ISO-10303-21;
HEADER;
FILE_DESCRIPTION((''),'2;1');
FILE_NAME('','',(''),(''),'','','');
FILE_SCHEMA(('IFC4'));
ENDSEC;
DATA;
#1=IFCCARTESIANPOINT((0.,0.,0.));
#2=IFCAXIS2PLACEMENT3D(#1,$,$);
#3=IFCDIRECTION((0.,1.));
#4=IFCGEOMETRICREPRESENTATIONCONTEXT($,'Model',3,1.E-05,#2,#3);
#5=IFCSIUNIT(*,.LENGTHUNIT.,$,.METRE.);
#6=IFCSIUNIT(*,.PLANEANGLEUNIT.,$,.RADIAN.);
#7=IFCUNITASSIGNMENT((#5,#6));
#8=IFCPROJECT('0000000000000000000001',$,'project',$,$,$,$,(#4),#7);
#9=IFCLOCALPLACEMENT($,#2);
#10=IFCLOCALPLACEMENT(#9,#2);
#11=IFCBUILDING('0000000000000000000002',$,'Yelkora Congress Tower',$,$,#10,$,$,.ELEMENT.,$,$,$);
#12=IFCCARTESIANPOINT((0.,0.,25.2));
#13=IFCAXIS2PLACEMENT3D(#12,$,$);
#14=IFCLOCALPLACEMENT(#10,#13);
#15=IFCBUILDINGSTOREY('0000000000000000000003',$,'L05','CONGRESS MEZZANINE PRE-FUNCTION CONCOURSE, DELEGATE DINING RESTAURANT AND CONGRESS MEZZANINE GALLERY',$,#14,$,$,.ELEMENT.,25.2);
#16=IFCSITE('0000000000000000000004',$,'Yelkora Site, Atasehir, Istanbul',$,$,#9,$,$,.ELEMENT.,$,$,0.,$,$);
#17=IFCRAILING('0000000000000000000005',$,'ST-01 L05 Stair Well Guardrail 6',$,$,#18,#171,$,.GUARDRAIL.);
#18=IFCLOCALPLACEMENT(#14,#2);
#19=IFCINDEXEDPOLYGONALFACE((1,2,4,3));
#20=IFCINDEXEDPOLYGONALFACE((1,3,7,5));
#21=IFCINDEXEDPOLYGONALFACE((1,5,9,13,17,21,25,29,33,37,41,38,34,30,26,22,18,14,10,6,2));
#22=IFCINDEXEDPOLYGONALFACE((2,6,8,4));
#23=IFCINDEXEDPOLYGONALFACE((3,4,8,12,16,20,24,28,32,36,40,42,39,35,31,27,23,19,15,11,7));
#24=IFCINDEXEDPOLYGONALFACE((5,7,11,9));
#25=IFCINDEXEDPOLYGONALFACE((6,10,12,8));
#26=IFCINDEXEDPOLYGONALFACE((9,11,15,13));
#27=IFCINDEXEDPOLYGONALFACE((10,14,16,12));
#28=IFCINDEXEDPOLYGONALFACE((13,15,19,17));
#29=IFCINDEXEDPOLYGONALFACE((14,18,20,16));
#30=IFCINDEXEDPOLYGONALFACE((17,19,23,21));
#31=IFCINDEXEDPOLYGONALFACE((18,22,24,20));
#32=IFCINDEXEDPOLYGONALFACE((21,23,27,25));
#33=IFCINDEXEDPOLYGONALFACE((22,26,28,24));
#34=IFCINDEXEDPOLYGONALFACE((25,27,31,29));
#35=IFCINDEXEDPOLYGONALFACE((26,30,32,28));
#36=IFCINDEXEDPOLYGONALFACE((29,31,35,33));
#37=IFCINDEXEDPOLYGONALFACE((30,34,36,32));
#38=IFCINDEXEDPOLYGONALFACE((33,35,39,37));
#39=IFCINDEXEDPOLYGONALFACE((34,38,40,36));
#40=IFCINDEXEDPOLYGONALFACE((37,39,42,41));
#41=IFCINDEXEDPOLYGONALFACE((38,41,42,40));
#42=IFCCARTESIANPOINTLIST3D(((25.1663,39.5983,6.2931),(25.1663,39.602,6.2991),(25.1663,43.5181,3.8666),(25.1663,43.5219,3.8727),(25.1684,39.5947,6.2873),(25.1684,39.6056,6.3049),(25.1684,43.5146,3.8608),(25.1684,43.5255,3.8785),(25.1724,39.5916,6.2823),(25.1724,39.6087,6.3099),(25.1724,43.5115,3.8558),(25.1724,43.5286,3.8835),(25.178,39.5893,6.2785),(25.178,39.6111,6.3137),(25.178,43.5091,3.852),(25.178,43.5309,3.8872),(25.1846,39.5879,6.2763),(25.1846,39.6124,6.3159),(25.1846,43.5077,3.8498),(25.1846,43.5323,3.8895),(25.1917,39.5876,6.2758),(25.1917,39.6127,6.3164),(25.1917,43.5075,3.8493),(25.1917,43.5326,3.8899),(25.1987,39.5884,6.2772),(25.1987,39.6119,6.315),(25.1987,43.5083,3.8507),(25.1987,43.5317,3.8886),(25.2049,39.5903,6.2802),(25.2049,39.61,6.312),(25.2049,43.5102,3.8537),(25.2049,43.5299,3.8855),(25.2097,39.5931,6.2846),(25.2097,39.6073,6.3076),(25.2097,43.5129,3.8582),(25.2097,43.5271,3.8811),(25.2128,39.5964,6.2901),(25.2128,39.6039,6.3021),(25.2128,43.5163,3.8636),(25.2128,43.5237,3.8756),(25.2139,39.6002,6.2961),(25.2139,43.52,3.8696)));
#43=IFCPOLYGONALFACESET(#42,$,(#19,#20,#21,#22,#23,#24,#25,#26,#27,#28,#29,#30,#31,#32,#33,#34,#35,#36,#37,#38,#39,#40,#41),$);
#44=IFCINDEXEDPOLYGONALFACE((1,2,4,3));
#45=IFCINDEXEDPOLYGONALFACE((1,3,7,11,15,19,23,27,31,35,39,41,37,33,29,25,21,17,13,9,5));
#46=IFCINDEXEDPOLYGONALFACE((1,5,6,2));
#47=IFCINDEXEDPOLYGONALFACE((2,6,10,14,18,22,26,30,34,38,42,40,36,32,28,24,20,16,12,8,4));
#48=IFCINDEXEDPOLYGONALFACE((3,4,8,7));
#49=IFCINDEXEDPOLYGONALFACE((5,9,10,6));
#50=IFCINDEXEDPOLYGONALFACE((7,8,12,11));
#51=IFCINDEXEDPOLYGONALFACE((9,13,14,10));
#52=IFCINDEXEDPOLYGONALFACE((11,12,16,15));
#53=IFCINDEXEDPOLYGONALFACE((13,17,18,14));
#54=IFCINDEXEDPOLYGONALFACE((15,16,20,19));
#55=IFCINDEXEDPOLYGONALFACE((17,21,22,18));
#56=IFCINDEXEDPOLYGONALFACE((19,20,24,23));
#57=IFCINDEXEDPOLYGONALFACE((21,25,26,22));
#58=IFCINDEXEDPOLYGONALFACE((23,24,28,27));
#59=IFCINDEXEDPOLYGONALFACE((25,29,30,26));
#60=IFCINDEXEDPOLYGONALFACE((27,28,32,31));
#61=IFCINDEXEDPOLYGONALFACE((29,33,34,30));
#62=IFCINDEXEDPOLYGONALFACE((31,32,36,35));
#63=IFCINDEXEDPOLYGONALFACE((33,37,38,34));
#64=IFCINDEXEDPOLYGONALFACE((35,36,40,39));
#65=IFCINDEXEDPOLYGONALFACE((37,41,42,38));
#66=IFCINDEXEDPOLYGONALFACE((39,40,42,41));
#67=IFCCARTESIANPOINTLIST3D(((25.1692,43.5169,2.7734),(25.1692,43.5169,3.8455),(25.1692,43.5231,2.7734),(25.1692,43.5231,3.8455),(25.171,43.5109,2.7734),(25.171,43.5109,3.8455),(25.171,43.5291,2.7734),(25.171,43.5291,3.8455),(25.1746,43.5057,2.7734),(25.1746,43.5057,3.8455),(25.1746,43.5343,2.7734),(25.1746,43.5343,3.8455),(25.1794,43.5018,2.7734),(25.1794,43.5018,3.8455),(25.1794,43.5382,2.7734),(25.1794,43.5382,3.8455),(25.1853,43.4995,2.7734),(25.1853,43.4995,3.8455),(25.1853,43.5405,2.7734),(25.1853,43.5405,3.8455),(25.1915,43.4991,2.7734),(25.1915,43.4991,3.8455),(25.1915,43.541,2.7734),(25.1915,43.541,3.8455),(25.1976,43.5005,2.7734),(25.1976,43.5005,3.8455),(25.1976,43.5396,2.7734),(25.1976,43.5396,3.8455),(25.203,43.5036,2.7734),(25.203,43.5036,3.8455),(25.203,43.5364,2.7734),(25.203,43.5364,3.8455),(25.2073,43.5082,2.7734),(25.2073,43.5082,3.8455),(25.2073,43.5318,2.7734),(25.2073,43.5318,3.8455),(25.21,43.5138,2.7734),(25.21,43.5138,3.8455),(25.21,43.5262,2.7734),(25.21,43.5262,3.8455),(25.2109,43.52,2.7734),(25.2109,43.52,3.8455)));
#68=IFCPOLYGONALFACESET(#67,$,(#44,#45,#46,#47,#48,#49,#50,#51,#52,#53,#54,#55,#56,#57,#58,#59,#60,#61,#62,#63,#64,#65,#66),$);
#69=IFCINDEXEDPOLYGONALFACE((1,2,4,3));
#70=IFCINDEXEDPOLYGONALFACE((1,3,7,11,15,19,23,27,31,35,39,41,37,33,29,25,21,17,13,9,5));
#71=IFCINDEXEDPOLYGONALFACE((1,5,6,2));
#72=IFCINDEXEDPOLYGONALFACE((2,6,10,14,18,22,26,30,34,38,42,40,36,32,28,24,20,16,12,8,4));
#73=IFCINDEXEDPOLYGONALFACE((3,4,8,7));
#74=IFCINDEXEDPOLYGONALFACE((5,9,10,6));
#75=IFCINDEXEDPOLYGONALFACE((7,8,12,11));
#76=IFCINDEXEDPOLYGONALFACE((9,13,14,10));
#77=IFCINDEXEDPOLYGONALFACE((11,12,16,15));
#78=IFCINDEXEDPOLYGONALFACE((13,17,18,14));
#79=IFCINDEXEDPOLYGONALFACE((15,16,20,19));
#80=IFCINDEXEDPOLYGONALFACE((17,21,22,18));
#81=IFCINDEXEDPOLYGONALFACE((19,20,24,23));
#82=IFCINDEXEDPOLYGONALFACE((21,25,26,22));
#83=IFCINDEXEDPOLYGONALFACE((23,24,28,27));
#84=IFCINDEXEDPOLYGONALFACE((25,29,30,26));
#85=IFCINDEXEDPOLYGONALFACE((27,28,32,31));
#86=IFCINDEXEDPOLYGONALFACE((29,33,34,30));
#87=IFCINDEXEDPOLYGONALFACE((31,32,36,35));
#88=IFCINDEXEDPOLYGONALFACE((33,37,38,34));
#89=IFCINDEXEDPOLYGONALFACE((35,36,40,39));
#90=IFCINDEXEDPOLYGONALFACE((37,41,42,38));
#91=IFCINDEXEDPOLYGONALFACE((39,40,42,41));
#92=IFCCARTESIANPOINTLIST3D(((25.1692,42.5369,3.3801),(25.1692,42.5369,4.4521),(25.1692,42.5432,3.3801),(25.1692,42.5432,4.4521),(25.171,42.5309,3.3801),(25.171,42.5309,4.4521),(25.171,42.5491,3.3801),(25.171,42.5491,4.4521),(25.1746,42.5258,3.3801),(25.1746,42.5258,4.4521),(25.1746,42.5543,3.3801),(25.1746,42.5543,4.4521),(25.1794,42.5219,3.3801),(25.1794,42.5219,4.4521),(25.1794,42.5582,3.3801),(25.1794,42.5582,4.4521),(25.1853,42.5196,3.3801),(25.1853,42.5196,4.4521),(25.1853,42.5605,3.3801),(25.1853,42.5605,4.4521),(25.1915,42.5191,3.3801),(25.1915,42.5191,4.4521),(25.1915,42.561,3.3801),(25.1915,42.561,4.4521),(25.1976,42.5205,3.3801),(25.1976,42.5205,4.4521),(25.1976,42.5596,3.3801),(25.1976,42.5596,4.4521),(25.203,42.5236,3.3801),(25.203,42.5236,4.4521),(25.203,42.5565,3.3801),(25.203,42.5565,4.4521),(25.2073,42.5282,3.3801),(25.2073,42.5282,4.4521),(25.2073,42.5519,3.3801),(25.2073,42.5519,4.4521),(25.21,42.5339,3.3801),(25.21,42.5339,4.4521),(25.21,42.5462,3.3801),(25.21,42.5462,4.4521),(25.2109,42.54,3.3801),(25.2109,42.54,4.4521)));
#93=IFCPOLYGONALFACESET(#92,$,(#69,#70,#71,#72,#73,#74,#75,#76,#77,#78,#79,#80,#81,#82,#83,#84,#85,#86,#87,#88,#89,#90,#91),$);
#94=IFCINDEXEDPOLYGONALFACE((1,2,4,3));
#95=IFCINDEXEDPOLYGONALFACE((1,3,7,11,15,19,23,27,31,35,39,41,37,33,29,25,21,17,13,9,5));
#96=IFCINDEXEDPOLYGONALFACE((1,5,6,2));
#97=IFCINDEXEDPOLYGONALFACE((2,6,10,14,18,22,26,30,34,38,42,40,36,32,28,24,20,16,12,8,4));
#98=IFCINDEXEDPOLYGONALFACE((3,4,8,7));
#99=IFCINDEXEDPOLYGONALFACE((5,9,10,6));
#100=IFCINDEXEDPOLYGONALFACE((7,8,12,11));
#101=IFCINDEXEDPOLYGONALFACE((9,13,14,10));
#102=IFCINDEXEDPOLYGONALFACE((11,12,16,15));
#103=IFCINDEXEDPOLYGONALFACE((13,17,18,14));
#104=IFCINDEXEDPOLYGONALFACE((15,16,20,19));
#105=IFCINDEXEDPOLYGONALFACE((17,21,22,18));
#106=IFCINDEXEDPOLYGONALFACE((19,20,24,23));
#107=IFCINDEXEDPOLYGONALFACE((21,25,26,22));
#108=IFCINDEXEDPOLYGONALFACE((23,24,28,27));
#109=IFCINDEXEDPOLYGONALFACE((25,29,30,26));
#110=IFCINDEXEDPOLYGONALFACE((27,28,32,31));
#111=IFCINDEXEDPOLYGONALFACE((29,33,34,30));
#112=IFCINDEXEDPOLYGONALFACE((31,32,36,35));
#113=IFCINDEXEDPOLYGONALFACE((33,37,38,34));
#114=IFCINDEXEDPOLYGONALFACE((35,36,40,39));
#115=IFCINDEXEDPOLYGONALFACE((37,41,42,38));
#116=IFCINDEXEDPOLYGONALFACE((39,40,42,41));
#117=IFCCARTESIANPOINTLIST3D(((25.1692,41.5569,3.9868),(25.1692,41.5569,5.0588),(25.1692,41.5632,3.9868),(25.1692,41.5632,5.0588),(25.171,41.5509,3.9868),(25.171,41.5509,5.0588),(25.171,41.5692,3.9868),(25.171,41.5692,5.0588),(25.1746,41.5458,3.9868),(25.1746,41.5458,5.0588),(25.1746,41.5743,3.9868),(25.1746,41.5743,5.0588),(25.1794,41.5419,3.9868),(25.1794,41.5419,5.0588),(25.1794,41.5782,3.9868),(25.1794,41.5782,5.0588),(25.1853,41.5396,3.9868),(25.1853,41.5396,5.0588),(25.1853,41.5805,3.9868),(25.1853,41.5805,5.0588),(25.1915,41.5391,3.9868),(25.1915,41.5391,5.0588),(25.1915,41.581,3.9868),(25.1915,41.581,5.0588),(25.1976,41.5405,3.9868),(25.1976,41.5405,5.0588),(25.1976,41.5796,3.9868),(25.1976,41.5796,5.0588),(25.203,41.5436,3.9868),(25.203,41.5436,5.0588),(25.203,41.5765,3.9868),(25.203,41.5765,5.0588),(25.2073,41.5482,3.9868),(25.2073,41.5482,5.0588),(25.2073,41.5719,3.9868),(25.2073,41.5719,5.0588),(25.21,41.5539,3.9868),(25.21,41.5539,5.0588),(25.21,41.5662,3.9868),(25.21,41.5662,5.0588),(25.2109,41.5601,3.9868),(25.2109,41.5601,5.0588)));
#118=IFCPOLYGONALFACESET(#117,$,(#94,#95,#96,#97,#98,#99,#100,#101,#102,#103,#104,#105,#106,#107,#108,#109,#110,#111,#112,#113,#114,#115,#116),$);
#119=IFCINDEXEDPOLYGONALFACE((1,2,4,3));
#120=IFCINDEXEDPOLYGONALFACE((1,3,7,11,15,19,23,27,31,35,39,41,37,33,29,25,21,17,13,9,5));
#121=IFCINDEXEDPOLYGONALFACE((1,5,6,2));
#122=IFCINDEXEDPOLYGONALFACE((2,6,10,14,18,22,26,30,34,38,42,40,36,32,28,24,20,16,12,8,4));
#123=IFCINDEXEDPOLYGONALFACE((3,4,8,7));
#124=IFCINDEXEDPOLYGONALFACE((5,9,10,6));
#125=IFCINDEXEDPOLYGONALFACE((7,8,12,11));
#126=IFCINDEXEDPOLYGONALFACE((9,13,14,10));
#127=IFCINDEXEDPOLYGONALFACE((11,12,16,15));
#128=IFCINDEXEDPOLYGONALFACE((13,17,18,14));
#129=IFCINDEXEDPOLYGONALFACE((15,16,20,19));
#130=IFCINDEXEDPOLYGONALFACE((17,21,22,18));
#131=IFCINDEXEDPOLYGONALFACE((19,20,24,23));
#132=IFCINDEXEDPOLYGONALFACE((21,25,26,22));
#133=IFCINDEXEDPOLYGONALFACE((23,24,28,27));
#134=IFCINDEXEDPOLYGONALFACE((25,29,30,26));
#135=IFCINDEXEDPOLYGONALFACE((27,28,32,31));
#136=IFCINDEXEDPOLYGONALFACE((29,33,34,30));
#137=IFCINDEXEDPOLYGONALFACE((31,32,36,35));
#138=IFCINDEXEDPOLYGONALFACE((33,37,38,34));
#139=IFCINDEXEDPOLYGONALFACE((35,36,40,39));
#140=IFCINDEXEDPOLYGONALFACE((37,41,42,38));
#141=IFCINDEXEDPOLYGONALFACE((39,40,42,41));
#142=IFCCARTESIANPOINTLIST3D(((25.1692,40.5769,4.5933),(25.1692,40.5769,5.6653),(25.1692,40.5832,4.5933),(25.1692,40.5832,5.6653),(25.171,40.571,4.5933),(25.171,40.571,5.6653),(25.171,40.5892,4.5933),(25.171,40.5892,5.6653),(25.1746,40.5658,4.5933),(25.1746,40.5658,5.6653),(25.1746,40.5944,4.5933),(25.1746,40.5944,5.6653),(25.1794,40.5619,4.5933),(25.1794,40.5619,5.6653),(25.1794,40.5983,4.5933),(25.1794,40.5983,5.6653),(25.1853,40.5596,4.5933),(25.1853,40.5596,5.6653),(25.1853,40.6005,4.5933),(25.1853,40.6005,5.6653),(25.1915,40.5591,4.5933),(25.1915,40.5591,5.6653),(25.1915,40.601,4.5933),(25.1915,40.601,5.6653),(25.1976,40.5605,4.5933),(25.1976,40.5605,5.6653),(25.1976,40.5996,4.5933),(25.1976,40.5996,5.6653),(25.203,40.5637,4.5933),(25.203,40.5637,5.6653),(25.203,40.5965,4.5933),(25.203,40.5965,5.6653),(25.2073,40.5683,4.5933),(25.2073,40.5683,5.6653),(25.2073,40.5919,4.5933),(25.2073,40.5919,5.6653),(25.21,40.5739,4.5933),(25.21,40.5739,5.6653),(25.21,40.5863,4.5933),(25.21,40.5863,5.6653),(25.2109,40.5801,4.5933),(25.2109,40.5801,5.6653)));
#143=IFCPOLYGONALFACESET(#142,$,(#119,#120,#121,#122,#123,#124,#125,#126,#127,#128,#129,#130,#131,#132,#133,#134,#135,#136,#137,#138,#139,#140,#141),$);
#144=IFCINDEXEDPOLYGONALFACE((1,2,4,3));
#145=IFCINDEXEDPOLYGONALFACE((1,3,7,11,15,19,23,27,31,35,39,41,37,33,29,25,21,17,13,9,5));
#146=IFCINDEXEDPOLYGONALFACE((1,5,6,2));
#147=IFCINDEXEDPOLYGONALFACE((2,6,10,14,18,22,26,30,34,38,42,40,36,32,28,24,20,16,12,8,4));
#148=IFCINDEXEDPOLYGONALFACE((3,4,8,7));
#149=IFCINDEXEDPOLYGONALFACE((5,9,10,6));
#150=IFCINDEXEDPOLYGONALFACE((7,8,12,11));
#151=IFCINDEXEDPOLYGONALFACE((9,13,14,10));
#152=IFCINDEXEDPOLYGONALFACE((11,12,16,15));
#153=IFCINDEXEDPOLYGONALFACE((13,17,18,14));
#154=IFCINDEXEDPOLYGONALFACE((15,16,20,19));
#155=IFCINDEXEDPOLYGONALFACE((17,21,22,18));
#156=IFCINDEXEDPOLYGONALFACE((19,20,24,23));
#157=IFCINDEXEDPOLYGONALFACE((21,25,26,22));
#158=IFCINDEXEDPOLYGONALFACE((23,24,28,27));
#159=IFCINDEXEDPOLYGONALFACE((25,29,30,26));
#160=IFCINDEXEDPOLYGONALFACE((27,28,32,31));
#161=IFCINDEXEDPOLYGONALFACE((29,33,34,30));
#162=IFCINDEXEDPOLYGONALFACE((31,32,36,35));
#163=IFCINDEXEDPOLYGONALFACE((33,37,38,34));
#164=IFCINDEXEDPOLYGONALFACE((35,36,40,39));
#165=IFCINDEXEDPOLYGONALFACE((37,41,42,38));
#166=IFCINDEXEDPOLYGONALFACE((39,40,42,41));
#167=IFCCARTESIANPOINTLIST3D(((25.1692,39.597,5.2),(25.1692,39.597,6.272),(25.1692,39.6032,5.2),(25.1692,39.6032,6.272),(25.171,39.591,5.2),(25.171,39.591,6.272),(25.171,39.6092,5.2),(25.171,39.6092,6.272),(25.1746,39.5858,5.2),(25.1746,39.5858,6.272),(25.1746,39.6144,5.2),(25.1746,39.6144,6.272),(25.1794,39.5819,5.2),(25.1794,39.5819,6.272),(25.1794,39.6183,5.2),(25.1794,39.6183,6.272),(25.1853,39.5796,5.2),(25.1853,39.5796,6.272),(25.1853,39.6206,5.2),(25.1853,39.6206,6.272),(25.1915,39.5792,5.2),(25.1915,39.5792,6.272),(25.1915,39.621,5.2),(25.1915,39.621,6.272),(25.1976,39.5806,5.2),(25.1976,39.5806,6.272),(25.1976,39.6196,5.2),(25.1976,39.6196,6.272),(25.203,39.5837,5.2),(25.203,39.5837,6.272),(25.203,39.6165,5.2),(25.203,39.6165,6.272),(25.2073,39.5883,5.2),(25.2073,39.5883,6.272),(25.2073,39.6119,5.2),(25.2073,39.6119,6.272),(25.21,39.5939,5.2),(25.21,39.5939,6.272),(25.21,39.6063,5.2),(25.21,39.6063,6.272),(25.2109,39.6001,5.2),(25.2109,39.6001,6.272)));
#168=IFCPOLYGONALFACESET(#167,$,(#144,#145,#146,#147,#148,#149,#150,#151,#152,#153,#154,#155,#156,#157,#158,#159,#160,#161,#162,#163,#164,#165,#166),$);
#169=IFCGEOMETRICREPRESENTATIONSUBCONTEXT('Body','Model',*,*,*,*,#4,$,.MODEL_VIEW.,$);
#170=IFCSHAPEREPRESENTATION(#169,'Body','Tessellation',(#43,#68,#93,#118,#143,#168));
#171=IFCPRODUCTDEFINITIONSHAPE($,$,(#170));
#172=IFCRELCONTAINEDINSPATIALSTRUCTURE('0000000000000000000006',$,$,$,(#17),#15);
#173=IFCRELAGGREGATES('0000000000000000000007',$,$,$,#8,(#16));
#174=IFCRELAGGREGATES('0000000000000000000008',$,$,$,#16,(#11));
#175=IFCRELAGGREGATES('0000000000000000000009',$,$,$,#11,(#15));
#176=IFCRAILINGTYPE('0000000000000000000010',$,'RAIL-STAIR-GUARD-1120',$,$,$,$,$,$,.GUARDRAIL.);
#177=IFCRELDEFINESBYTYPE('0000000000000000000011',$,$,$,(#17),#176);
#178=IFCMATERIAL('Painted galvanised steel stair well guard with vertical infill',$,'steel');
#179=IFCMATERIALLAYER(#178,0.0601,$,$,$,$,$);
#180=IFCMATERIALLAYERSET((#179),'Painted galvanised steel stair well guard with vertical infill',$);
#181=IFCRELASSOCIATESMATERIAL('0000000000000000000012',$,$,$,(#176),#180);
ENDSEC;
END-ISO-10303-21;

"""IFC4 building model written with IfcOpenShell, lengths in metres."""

from ifc_helpers import new_model, si_unit, direction, frame, origin, origin_2d, place, context, subcontext, project, spatial, circle, extrude, material, layer, layer_set, type_object, element, save


model = new_model("IFC4")

# Units and contexts
model_context = context("Model", 3, precision=1e-05, world=origin(), true_north=direction((0.0, 1.0)))
body_context = subcontext(model_context, "Body", "Model", "MODEL_VIEW")
ifc_project = project(units=[si_unit("LENGTHUNIT", "METRE"), si_unit("PLANEANGLEUNIT", "RADIAN")], contexts=[model_context])

# Site, building, storey
site_placement = place(None, origin())
site = spatial("IfcSite", under=ifc_project, at=site_placement, Name="Yelkora Site, Atasehir, Istanbul", CompositionType="ELEMENT", RefElevation=0.0)
building_placement = place(site_placement, origin())
building = spatial("IfcBuilding", under=site, at=building_placement, Name="Yelkora Congress Tower", CompositionType="ELEMENT")
storey_placement = place(building_placement, frame((0.0, 0.0, 25.2)))
storey = spatial("IfcBuildingStorey", under=building, at=storey_placement, Name="L05", Description="CONGRESS MEZZANINE PRE-FUNCTION CONCOURSE, DELEGATE DINING RESTAURANT AND CONGRESS MEZZANINE GALLERY", CompositionType="ELEMENT", Elevation=25.2)

# Railing
ifc_material_1 = material(Name="Painted galvanised steel stair well guard with vertical infill", Category="steel")
ifc_layer_1 = layer(ifc_material_1, 0.0601)
ifc_layer_set_1 = layer_set([ifc_layer_1], Name="Painted galvanised steel stair well guard with vertical infill")
railing_type_1 = type_object("IfcRailingType", Name="RAIL-STAIR-GUARD-1120", PredefinedType="GUARDRAIL", material=ifc_layer_set_1)
railing_1_placement = place(storey_placement, frame((25.1899, 43.52, 2.7734)))
element("IfcRailing", 1, at=railing_1_placement, inside=storey, type_object=railing_type_1, Name="ST-01 L05 Stair Well Guardrail 6", PredefinedType="GUARDRAIL", context=body_context, shape_type="SweptSolid", body=[
    extrude(circle(Radius=0.0239, at=origin_2d()), frame((0.0, 0.0, 1.0962), z_axis=(0.0, -0.850275, 0.526338), x_axis=(1.0, 0.0, 0.0)), (0.0, 0.0, 1.0), 4.6101),
    extrude(circle(Radius=0.021, at=origin_2d()), origin(), (0.0, 0.0, 1.0), 1.072),
    extrude(circle(Radius=0.021, at=origin_2d()), frame((0.0, -0.98, 0.6067)), (0.0, 0.0, 1.0), 1.072),
    extrude(circle(Radius=0.021, at=origin_2d()), frame((0.0, -1.96, 1.2134)), (0.0, 0.0, 1.0), 1.072),
    extrude(circle(Radius=0.021, at=origin_2d()), frame((0.0, -2.9399, 1.8198)), (0.0, 0.0, 1.0), 1.072),
    extrude(circle(Radius=0.021, at=origin_2d()), frame((0.0, -3.9199, 2.4265)), (0.0, 0.0, 1.0), 1.072),
])

save(model, "model.ifc")
